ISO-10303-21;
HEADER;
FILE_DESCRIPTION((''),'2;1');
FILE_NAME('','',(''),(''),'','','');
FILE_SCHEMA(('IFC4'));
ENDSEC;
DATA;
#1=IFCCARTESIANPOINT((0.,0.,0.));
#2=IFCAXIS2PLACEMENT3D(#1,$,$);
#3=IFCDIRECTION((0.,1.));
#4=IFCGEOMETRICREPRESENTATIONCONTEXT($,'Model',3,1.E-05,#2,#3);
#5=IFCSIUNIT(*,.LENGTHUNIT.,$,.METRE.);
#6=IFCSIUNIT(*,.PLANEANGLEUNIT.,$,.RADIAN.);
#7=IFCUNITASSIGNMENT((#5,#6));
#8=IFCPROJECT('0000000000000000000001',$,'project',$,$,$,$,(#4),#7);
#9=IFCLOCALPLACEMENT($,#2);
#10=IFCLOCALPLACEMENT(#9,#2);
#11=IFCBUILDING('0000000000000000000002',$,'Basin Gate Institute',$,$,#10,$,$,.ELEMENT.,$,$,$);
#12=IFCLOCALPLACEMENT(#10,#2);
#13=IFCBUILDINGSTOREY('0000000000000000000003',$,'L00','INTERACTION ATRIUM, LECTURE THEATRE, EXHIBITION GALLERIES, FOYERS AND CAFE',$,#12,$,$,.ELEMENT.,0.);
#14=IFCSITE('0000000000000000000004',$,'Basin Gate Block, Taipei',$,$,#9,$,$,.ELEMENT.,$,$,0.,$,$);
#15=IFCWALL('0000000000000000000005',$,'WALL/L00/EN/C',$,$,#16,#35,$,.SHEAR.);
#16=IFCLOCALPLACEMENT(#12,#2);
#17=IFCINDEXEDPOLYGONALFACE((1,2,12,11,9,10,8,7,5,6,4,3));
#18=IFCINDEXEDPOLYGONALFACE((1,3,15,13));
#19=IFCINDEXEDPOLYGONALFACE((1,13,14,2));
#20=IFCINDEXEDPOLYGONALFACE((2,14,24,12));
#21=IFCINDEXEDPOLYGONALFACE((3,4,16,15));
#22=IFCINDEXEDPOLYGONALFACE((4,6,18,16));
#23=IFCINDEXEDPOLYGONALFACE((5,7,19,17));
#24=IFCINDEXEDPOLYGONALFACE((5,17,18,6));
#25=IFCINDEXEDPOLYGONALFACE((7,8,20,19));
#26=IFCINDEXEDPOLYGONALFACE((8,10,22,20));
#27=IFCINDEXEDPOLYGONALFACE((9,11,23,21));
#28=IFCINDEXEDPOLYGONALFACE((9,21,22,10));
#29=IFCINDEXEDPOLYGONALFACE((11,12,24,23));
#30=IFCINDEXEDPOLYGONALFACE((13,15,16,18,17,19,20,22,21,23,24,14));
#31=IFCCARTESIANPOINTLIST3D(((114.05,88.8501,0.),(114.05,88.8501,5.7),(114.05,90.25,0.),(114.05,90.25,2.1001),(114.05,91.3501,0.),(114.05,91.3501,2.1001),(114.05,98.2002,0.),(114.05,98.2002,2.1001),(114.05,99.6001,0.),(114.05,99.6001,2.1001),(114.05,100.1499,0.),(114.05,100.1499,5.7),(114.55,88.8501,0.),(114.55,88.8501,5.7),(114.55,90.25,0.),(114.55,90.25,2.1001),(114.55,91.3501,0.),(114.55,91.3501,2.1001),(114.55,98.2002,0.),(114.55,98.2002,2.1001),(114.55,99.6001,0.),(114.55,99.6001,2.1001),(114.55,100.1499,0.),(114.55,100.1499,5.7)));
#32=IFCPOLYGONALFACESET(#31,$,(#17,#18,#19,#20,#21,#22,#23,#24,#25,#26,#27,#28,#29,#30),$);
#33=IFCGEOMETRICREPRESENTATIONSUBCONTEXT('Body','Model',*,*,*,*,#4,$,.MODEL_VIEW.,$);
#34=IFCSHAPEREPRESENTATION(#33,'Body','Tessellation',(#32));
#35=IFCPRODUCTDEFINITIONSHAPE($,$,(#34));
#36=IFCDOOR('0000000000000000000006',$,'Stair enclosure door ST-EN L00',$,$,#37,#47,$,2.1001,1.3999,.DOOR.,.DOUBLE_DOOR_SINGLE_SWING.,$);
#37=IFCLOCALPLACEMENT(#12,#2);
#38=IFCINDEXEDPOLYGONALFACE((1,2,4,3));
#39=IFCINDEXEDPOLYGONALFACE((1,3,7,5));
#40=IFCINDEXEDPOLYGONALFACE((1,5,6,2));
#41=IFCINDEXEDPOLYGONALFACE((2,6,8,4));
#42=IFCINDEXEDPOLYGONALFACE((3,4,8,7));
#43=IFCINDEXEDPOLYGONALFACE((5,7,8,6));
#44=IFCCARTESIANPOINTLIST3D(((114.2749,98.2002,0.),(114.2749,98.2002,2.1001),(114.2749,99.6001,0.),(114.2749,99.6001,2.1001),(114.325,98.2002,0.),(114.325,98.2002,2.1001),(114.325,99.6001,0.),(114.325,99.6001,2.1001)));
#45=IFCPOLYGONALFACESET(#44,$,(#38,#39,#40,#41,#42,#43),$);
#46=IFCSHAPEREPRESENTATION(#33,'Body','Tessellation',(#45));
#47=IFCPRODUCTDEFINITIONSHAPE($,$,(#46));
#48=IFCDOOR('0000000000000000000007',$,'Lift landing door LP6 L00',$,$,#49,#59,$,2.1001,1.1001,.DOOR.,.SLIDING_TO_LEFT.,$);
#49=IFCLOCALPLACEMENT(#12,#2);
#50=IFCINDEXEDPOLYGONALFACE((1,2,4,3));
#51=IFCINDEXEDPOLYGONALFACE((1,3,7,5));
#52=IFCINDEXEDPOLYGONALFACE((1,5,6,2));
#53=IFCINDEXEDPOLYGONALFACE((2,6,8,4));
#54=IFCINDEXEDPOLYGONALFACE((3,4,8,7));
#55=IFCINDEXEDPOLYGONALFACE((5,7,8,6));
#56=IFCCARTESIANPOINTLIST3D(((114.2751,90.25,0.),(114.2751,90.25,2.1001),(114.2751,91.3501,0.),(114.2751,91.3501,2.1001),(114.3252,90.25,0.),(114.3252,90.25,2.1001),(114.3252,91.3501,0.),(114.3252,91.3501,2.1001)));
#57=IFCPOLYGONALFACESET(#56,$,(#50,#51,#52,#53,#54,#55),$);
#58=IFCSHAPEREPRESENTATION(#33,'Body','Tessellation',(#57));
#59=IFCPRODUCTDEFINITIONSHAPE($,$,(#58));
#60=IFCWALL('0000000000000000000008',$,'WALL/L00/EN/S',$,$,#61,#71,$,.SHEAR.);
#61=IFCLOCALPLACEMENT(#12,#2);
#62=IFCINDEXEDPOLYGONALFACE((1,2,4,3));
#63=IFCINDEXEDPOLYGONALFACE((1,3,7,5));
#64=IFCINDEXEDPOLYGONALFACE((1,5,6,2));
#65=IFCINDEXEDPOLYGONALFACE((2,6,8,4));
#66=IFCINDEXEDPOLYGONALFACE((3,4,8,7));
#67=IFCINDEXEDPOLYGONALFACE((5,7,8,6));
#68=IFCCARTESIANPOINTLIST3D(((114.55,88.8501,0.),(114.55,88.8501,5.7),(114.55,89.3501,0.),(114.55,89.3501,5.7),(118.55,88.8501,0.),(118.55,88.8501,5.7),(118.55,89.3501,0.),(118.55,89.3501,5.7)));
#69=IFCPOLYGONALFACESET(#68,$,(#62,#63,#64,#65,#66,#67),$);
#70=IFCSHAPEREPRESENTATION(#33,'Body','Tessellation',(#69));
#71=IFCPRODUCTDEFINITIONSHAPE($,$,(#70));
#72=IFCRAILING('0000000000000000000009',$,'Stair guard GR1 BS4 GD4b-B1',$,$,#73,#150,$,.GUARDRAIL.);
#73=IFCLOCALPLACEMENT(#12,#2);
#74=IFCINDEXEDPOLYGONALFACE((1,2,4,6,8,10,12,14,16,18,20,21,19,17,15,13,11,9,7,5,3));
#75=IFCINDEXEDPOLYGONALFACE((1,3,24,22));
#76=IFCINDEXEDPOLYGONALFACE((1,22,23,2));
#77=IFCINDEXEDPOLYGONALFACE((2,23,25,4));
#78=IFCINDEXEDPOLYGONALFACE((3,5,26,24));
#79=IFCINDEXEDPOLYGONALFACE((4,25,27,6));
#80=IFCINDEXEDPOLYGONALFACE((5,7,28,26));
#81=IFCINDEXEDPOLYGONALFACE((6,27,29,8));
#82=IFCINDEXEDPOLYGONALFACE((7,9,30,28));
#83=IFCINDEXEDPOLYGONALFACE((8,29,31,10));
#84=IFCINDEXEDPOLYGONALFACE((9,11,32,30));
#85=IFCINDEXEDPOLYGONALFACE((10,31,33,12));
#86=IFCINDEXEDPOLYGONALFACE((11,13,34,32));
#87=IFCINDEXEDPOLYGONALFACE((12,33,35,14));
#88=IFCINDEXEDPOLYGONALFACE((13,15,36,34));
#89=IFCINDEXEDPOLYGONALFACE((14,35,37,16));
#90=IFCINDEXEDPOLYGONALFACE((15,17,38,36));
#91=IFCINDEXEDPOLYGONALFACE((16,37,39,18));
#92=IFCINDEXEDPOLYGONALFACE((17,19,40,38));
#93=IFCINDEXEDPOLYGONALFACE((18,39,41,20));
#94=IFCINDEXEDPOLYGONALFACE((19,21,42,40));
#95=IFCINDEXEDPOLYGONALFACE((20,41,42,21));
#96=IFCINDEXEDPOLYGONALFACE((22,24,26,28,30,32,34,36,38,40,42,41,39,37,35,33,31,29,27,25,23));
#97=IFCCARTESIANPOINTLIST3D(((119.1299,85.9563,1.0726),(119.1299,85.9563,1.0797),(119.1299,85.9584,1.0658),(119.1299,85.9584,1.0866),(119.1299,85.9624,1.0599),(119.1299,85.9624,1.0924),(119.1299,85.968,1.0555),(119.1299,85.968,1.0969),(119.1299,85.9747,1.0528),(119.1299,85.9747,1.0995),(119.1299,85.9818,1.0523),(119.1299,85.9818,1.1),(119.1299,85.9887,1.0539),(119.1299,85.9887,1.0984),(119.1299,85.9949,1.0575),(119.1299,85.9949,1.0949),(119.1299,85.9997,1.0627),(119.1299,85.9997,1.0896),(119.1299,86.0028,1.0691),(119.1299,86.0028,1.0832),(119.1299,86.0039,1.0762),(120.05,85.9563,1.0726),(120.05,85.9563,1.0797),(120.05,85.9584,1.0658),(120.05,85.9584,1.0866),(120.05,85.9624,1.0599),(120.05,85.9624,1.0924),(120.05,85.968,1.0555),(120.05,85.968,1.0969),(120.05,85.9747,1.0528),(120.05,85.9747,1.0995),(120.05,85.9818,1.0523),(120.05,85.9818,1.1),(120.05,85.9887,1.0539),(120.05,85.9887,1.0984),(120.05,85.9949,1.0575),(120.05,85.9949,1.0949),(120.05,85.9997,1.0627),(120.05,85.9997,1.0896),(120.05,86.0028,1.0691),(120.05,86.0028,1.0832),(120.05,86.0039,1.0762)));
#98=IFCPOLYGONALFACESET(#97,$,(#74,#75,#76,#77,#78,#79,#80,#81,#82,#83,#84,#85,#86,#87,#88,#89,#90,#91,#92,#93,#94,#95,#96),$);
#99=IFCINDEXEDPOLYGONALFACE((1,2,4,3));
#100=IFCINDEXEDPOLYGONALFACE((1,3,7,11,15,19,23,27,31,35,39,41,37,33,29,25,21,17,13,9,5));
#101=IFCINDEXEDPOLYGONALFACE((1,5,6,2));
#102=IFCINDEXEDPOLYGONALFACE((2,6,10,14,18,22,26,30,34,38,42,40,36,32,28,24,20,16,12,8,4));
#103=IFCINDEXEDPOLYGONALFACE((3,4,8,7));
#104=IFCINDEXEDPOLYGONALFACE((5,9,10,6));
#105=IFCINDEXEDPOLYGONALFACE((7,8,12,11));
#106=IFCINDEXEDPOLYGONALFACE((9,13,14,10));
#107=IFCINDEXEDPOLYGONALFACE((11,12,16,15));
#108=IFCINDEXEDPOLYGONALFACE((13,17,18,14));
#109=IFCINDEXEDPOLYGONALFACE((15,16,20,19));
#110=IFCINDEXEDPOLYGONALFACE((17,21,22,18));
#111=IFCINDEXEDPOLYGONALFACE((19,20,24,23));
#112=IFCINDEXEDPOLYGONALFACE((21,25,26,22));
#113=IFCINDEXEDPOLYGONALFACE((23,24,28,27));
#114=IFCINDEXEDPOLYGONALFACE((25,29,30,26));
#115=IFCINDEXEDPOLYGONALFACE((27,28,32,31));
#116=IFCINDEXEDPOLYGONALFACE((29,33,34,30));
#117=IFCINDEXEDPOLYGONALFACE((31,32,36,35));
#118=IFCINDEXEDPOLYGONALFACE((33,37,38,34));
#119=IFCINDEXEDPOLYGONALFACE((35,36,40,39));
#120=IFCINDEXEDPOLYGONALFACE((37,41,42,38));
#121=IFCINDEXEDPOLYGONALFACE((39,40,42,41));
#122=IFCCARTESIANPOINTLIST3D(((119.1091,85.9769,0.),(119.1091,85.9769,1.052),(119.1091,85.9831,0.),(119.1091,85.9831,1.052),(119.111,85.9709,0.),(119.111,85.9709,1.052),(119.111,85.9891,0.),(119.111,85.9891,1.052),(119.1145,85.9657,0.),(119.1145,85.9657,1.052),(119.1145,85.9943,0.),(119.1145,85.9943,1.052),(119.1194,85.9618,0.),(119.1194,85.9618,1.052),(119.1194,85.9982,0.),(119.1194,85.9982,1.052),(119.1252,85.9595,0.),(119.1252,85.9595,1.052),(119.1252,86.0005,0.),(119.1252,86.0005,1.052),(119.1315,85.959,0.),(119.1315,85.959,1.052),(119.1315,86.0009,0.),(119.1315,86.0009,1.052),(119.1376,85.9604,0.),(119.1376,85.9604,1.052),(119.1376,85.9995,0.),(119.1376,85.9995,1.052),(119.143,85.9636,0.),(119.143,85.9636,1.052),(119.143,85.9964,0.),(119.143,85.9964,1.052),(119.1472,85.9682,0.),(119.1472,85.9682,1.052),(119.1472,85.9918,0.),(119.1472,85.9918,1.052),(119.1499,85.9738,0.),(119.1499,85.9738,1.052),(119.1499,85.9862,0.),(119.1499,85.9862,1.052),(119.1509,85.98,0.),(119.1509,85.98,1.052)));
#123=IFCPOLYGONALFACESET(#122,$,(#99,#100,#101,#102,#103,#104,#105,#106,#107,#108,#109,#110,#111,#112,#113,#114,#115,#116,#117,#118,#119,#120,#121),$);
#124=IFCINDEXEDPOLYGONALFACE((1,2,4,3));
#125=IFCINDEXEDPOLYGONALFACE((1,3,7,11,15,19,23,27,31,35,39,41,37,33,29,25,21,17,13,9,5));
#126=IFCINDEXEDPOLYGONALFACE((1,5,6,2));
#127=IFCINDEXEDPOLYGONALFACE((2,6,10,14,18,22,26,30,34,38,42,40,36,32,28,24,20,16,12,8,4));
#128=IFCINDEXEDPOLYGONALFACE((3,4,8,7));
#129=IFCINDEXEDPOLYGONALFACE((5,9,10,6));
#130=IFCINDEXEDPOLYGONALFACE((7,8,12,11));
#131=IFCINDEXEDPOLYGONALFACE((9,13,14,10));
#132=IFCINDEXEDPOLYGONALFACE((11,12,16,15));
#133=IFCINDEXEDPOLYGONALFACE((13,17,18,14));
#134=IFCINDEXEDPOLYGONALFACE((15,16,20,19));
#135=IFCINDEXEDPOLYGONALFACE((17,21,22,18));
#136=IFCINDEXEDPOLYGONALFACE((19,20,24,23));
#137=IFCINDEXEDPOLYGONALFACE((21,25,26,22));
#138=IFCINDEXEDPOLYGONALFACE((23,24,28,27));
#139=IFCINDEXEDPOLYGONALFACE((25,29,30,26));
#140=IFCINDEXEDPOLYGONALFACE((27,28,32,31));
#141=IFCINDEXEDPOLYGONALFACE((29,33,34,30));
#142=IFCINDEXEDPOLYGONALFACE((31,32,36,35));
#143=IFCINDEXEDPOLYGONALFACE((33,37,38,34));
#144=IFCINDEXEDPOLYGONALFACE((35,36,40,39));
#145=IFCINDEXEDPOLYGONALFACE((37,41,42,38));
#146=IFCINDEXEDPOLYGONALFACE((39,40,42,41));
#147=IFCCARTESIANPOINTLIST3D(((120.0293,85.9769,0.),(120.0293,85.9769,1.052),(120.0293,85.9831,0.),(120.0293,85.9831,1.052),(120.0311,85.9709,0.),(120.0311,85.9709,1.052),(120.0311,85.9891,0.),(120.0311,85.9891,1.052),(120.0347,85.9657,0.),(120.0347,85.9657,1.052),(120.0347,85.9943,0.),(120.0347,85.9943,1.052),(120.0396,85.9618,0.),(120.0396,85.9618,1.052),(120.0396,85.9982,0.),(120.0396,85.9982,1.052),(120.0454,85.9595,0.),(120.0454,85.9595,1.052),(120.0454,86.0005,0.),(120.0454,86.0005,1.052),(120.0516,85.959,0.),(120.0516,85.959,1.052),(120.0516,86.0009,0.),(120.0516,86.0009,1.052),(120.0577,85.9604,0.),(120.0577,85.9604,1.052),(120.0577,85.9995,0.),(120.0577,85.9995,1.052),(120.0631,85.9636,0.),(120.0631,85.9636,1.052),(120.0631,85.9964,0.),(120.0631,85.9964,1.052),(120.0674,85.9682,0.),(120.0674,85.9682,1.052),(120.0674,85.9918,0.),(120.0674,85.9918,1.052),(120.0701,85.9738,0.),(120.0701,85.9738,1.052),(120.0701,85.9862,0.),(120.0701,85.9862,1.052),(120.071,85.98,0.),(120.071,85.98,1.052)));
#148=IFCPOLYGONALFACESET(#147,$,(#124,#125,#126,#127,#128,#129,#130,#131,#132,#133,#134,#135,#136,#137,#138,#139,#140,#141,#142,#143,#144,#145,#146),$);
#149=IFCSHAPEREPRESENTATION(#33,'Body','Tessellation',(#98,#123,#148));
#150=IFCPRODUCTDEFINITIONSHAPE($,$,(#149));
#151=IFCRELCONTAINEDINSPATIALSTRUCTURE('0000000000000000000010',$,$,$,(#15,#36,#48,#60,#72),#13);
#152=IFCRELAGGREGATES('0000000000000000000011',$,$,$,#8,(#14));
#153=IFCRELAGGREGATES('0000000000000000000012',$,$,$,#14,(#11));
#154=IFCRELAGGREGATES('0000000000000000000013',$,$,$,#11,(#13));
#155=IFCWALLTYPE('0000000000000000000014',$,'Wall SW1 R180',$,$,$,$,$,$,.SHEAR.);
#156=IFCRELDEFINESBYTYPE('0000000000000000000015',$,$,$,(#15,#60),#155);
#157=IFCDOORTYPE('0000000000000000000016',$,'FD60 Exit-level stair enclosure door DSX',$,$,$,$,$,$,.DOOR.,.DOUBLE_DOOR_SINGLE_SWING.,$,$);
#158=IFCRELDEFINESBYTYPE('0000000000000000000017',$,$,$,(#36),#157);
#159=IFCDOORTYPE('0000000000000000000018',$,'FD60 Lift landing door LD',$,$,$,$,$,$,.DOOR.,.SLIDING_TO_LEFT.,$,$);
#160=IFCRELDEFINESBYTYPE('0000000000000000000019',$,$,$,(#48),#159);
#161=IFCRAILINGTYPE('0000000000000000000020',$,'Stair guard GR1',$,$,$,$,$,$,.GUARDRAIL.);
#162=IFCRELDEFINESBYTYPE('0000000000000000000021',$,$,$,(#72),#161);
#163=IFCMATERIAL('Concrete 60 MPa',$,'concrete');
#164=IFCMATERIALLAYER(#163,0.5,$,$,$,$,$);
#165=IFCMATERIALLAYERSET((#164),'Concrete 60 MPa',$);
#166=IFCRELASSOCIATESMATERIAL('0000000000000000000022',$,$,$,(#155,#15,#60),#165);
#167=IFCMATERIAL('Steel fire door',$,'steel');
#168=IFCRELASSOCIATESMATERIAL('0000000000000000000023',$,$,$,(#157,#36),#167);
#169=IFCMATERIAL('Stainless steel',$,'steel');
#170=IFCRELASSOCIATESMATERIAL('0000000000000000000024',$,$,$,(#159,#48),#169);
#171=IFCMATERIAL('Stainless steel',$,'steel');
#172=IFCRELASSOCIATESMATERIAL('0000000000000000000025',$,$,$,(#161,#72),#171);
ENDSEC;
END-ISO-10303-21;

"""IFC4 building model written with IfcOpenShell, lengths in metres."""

from ifc_helpers import new_model, si_unit, direction, frame, frame_2d, origin, origin_2d, place, context, subcontext, project, spatial, rectangle, circle, extrude, material, layer, layer_set, type_object, element, fill, save


model = new_model("IFC4")

# Units and contexts
model_context = context("Model", 3, precision=1e-05, world=origin(), true_north=direction((0.0, 1.0)))
body_context = subcontext(model_context, "Body", "Model", "MODEL_VIEW")
ifc_project = project(units=[si_unit("LENGTHUNIT", "METRE"), si_unit("PLANEANGLEUNIT", "RADIAN")], contexts=[model_context])

# Site, building, storey
site_placement = place(None, origin())
site = spatial("IfcSite", under=ifc_project, at=site_placement, Name="Basin Gate Block, Taipei", CompositionType="ELEMENT", RefElevation=0.0)
building_placement = place(site_placement, origin())
building = spatial("IfcBuilding", under=site, at=building_placement, Name="Basin Gate Institute", CompositionType="ELEMENT")
storey_placement = place(building_placement, origin())
storey = spatial("IfcBuildingStorey", under=building, at=storey_placement, Name="L00", Description="INTERACTION ATRIUM, LECTURE THEATRE, EXHIBITION GALLERIES, FOYERS AND CAFE", CompositionType="ELEMENT", Elevation=0.0)

# Shared definitions
ifc_material_1 = material(Name="Concrete 60 MPa", Category="concrete")
ifc_layer_1 = layer(ifc_material_1, 0.5)
ifc_layer_set_1 = layer_set([ifc_layer_1], Name="Concrete 60 MPa")
wall_type_1 = type_object("IfcWallType", Name="Wall SW1 R180", PredefinedType="SHEAR", material=ifc_layer_set_1)

# Wall, openings, doors
wall_1_placement = place(storey_placement, frame((114.3, 88.8501, 0.0), z_axis=(0.0, 0.0, 1.0), x_axis=(0.0, 1.0, 0.0)))
wall_1 = element("IfcWall", 1, at=wall_1_placement, inside=storey, type_object=wall_type_1, material=ifc_layer_set_1, Name="WALL/L00/EN/C", PredefinedType="SHEAR", context=body_context, shape_type="SweptSolid", body=[
    extrude(rectangle(XDim=11.2998, YDim=0.5, at=frame_2d((5.6499, 0.0))), origin(), (0.0, 0.0, 1.0), 5.7),
])
opening_1_placement = place(wall_1_placement, frame((9.3501, 0.0, 0.0)))
opening_1 = element("IfcOpeningElement", 2, at=opening_1_placement, cuts=wall_1, PredefinedType="OPENING", context=body_context, shape_type="SweptSolid", body=[
    extrude(rectangle(XDim=1.3999, YDim=2.1001, at=frame_2d((0.7, 1.05))), frame((0.0, 0.26, 0.0), z_axis=(0.0, -1.0, 0.0), x_axis=(1.0, 0.0, 0.0)), (0.0, 0.0, 1.0), 0.52),
])
opening_2_placement = place(wall_1_placement, frame((1.3999, 0.0, 0.0)))
opening_2 = element("IfcOpeningElement", 3, at=opening_2_placement, cuts=wall_1, PredefinedType="OPENING", context=body_context, shape_type="SweptSolid", body=[
    extrude(rectangle(XDim=1.1001, YDim=2.1001, at=frame_2d((0.55, 1.05))), frame((0.0, 0.26, 0.0), z_axis=(0.0, -1.0, 0.0), x_axis=(1.0, 0.0, 0.0)), (0.0, 0.0, 1.0), 0.52),
])
ifc_material_2 = material(Name="Steel fire door", Category="steel")
door_type_1 = type_object("IfcDoorType", Name="FD60 Exit-level stair enclosure door DSX", OperationType="DOUBLE_DOOR_SINGLE_SWING", PredefinedType="DOOR", material=ifc_material_2)
door_1_placement = place(opening_1_placement, frame((1.3999, 0.0, 0.0), z_axis=(0.0, 0.0, 1.0), x_axis=(-1.0, 0.0, 0.0)))
door_1 = element("IfcDoor", 4, at=door_1_placement, inside=storey, type_object=door_type_1, material=ifc_material_2, Name="Stair enclosure door ST-EN L00", OperationType="DOUBLE_DOOR_SINGLE_SWING", OverallHeight=2.1001, OverallWidth=1.3999, PredefinedType="DOOR", context=body_context, shape_type="SweptSolid", body=[
    extrude(rectangle(XDim=1.3999, YDim=2.1001, at=frame_2d((0.7, 1.05))), frame((0.0, 0.0249, 0.0), z_axis=(0.0, -1.0, 0.0), x_axis=(1.0, 0.0, 0.0)), (0.0, 0.0, 1.0), 0.05),
])
fill(opening_1, door_1)
ifc_material_3 = material(Name="Stainless steel", Category="steel")
door_type_2 = type_object("IfcDoorType", Name="FD60 Lift landing door LD", OperationType="SLIDING_TO_LEFT", PredefinedType="DOOR", material=ifc_material_3)
door_2_placement = place(opening_2_placement, origin())
door_2 = element("IfcDoor", 5, at=door_2_placement, inside=storey, type_object=door_type_2, material=ifc_material_3, Name="Lift landing door LP6 L00", OperationType="SLIDING_TO_LEFT", OverallHeight=2.1001, OverallWidth=1.1001, PredefinedType="DOOR", context=body_context, shape_type="SweptSolid", body=[
    extrude(rectangle(XDim=1.1001, YDim=2.1001, at=frame_2d((0.55, 1.05))), frame((0.0, 0.0249, 0.0), z_axis=(0.0, -1.0, 0.0), x_axis=(1.0, 0.0, 0.0)), (0.0, 0.0, 1.0), 0.05),
])
fill(opening_2, door_2)

# Wall
wall_2_placement = place(storey_placement, frame((118.55, 89.1001, 0.0), z_axis=(0.0, 0.0, 1.0), x_axis=(-1.0, 0.0, 0.0)))
element("IfcWall", 6, at=wall_2_placement, inside=storey, type_object=wall_type_1, material=ifc_layer_set_1, Name="WALL/L00/EN/S", PredefinedType="SHEAR", context=body_context, shape_type="SweptSolid", body=[
    extrude(rectangle(XDim=4.0, YDim=0.5, at=frame_2d((2.0, 0.0))), origin(), (0.0, 0.0, 1.0), 5.7),
])

# Railing
ifc_material_4 = material(Name="Stainless steel", Category="steel")
railing_type = type_object("IfcRailingType", Name="Stair guard GR1", PredefinedType="GUARDRAIL", material=ifc_material_4)
railing_placement = place(storey_placement, frame((119.1299, 85.98, 0.0)))
element("IfcRailing", 7, at=railing_placement, inside=storey, type_object=railing_type, material=ifc_material_4, Name="Stair guard GR1 BS4 GD4b-B1", PredefinedType="GUARDRAIL", context=body_context, shape_type="SweptSolid", body=[
    extrude(circle(Radius=0.0239, at=origin_2d()), frame((0.0, 0.0, 1.0762), z_axis=(1.0, 0.0, 0.0), x_axis=(0.0, 1.0, 0.0)), (0.0, 0.0, 1.0), 0.9202),
    extrude(circle(Radius=0.021, at=origin_2d()), origin(), (0.0, 0.0, 1.0), 1.052),
    extrude(circle(Radius=0.021, at=origin_2d()), frame((0.9202, 0.0, 0.0)), (0.0, 0.0, 1.0), 1.052),
])

save(model, "model.ifc")
